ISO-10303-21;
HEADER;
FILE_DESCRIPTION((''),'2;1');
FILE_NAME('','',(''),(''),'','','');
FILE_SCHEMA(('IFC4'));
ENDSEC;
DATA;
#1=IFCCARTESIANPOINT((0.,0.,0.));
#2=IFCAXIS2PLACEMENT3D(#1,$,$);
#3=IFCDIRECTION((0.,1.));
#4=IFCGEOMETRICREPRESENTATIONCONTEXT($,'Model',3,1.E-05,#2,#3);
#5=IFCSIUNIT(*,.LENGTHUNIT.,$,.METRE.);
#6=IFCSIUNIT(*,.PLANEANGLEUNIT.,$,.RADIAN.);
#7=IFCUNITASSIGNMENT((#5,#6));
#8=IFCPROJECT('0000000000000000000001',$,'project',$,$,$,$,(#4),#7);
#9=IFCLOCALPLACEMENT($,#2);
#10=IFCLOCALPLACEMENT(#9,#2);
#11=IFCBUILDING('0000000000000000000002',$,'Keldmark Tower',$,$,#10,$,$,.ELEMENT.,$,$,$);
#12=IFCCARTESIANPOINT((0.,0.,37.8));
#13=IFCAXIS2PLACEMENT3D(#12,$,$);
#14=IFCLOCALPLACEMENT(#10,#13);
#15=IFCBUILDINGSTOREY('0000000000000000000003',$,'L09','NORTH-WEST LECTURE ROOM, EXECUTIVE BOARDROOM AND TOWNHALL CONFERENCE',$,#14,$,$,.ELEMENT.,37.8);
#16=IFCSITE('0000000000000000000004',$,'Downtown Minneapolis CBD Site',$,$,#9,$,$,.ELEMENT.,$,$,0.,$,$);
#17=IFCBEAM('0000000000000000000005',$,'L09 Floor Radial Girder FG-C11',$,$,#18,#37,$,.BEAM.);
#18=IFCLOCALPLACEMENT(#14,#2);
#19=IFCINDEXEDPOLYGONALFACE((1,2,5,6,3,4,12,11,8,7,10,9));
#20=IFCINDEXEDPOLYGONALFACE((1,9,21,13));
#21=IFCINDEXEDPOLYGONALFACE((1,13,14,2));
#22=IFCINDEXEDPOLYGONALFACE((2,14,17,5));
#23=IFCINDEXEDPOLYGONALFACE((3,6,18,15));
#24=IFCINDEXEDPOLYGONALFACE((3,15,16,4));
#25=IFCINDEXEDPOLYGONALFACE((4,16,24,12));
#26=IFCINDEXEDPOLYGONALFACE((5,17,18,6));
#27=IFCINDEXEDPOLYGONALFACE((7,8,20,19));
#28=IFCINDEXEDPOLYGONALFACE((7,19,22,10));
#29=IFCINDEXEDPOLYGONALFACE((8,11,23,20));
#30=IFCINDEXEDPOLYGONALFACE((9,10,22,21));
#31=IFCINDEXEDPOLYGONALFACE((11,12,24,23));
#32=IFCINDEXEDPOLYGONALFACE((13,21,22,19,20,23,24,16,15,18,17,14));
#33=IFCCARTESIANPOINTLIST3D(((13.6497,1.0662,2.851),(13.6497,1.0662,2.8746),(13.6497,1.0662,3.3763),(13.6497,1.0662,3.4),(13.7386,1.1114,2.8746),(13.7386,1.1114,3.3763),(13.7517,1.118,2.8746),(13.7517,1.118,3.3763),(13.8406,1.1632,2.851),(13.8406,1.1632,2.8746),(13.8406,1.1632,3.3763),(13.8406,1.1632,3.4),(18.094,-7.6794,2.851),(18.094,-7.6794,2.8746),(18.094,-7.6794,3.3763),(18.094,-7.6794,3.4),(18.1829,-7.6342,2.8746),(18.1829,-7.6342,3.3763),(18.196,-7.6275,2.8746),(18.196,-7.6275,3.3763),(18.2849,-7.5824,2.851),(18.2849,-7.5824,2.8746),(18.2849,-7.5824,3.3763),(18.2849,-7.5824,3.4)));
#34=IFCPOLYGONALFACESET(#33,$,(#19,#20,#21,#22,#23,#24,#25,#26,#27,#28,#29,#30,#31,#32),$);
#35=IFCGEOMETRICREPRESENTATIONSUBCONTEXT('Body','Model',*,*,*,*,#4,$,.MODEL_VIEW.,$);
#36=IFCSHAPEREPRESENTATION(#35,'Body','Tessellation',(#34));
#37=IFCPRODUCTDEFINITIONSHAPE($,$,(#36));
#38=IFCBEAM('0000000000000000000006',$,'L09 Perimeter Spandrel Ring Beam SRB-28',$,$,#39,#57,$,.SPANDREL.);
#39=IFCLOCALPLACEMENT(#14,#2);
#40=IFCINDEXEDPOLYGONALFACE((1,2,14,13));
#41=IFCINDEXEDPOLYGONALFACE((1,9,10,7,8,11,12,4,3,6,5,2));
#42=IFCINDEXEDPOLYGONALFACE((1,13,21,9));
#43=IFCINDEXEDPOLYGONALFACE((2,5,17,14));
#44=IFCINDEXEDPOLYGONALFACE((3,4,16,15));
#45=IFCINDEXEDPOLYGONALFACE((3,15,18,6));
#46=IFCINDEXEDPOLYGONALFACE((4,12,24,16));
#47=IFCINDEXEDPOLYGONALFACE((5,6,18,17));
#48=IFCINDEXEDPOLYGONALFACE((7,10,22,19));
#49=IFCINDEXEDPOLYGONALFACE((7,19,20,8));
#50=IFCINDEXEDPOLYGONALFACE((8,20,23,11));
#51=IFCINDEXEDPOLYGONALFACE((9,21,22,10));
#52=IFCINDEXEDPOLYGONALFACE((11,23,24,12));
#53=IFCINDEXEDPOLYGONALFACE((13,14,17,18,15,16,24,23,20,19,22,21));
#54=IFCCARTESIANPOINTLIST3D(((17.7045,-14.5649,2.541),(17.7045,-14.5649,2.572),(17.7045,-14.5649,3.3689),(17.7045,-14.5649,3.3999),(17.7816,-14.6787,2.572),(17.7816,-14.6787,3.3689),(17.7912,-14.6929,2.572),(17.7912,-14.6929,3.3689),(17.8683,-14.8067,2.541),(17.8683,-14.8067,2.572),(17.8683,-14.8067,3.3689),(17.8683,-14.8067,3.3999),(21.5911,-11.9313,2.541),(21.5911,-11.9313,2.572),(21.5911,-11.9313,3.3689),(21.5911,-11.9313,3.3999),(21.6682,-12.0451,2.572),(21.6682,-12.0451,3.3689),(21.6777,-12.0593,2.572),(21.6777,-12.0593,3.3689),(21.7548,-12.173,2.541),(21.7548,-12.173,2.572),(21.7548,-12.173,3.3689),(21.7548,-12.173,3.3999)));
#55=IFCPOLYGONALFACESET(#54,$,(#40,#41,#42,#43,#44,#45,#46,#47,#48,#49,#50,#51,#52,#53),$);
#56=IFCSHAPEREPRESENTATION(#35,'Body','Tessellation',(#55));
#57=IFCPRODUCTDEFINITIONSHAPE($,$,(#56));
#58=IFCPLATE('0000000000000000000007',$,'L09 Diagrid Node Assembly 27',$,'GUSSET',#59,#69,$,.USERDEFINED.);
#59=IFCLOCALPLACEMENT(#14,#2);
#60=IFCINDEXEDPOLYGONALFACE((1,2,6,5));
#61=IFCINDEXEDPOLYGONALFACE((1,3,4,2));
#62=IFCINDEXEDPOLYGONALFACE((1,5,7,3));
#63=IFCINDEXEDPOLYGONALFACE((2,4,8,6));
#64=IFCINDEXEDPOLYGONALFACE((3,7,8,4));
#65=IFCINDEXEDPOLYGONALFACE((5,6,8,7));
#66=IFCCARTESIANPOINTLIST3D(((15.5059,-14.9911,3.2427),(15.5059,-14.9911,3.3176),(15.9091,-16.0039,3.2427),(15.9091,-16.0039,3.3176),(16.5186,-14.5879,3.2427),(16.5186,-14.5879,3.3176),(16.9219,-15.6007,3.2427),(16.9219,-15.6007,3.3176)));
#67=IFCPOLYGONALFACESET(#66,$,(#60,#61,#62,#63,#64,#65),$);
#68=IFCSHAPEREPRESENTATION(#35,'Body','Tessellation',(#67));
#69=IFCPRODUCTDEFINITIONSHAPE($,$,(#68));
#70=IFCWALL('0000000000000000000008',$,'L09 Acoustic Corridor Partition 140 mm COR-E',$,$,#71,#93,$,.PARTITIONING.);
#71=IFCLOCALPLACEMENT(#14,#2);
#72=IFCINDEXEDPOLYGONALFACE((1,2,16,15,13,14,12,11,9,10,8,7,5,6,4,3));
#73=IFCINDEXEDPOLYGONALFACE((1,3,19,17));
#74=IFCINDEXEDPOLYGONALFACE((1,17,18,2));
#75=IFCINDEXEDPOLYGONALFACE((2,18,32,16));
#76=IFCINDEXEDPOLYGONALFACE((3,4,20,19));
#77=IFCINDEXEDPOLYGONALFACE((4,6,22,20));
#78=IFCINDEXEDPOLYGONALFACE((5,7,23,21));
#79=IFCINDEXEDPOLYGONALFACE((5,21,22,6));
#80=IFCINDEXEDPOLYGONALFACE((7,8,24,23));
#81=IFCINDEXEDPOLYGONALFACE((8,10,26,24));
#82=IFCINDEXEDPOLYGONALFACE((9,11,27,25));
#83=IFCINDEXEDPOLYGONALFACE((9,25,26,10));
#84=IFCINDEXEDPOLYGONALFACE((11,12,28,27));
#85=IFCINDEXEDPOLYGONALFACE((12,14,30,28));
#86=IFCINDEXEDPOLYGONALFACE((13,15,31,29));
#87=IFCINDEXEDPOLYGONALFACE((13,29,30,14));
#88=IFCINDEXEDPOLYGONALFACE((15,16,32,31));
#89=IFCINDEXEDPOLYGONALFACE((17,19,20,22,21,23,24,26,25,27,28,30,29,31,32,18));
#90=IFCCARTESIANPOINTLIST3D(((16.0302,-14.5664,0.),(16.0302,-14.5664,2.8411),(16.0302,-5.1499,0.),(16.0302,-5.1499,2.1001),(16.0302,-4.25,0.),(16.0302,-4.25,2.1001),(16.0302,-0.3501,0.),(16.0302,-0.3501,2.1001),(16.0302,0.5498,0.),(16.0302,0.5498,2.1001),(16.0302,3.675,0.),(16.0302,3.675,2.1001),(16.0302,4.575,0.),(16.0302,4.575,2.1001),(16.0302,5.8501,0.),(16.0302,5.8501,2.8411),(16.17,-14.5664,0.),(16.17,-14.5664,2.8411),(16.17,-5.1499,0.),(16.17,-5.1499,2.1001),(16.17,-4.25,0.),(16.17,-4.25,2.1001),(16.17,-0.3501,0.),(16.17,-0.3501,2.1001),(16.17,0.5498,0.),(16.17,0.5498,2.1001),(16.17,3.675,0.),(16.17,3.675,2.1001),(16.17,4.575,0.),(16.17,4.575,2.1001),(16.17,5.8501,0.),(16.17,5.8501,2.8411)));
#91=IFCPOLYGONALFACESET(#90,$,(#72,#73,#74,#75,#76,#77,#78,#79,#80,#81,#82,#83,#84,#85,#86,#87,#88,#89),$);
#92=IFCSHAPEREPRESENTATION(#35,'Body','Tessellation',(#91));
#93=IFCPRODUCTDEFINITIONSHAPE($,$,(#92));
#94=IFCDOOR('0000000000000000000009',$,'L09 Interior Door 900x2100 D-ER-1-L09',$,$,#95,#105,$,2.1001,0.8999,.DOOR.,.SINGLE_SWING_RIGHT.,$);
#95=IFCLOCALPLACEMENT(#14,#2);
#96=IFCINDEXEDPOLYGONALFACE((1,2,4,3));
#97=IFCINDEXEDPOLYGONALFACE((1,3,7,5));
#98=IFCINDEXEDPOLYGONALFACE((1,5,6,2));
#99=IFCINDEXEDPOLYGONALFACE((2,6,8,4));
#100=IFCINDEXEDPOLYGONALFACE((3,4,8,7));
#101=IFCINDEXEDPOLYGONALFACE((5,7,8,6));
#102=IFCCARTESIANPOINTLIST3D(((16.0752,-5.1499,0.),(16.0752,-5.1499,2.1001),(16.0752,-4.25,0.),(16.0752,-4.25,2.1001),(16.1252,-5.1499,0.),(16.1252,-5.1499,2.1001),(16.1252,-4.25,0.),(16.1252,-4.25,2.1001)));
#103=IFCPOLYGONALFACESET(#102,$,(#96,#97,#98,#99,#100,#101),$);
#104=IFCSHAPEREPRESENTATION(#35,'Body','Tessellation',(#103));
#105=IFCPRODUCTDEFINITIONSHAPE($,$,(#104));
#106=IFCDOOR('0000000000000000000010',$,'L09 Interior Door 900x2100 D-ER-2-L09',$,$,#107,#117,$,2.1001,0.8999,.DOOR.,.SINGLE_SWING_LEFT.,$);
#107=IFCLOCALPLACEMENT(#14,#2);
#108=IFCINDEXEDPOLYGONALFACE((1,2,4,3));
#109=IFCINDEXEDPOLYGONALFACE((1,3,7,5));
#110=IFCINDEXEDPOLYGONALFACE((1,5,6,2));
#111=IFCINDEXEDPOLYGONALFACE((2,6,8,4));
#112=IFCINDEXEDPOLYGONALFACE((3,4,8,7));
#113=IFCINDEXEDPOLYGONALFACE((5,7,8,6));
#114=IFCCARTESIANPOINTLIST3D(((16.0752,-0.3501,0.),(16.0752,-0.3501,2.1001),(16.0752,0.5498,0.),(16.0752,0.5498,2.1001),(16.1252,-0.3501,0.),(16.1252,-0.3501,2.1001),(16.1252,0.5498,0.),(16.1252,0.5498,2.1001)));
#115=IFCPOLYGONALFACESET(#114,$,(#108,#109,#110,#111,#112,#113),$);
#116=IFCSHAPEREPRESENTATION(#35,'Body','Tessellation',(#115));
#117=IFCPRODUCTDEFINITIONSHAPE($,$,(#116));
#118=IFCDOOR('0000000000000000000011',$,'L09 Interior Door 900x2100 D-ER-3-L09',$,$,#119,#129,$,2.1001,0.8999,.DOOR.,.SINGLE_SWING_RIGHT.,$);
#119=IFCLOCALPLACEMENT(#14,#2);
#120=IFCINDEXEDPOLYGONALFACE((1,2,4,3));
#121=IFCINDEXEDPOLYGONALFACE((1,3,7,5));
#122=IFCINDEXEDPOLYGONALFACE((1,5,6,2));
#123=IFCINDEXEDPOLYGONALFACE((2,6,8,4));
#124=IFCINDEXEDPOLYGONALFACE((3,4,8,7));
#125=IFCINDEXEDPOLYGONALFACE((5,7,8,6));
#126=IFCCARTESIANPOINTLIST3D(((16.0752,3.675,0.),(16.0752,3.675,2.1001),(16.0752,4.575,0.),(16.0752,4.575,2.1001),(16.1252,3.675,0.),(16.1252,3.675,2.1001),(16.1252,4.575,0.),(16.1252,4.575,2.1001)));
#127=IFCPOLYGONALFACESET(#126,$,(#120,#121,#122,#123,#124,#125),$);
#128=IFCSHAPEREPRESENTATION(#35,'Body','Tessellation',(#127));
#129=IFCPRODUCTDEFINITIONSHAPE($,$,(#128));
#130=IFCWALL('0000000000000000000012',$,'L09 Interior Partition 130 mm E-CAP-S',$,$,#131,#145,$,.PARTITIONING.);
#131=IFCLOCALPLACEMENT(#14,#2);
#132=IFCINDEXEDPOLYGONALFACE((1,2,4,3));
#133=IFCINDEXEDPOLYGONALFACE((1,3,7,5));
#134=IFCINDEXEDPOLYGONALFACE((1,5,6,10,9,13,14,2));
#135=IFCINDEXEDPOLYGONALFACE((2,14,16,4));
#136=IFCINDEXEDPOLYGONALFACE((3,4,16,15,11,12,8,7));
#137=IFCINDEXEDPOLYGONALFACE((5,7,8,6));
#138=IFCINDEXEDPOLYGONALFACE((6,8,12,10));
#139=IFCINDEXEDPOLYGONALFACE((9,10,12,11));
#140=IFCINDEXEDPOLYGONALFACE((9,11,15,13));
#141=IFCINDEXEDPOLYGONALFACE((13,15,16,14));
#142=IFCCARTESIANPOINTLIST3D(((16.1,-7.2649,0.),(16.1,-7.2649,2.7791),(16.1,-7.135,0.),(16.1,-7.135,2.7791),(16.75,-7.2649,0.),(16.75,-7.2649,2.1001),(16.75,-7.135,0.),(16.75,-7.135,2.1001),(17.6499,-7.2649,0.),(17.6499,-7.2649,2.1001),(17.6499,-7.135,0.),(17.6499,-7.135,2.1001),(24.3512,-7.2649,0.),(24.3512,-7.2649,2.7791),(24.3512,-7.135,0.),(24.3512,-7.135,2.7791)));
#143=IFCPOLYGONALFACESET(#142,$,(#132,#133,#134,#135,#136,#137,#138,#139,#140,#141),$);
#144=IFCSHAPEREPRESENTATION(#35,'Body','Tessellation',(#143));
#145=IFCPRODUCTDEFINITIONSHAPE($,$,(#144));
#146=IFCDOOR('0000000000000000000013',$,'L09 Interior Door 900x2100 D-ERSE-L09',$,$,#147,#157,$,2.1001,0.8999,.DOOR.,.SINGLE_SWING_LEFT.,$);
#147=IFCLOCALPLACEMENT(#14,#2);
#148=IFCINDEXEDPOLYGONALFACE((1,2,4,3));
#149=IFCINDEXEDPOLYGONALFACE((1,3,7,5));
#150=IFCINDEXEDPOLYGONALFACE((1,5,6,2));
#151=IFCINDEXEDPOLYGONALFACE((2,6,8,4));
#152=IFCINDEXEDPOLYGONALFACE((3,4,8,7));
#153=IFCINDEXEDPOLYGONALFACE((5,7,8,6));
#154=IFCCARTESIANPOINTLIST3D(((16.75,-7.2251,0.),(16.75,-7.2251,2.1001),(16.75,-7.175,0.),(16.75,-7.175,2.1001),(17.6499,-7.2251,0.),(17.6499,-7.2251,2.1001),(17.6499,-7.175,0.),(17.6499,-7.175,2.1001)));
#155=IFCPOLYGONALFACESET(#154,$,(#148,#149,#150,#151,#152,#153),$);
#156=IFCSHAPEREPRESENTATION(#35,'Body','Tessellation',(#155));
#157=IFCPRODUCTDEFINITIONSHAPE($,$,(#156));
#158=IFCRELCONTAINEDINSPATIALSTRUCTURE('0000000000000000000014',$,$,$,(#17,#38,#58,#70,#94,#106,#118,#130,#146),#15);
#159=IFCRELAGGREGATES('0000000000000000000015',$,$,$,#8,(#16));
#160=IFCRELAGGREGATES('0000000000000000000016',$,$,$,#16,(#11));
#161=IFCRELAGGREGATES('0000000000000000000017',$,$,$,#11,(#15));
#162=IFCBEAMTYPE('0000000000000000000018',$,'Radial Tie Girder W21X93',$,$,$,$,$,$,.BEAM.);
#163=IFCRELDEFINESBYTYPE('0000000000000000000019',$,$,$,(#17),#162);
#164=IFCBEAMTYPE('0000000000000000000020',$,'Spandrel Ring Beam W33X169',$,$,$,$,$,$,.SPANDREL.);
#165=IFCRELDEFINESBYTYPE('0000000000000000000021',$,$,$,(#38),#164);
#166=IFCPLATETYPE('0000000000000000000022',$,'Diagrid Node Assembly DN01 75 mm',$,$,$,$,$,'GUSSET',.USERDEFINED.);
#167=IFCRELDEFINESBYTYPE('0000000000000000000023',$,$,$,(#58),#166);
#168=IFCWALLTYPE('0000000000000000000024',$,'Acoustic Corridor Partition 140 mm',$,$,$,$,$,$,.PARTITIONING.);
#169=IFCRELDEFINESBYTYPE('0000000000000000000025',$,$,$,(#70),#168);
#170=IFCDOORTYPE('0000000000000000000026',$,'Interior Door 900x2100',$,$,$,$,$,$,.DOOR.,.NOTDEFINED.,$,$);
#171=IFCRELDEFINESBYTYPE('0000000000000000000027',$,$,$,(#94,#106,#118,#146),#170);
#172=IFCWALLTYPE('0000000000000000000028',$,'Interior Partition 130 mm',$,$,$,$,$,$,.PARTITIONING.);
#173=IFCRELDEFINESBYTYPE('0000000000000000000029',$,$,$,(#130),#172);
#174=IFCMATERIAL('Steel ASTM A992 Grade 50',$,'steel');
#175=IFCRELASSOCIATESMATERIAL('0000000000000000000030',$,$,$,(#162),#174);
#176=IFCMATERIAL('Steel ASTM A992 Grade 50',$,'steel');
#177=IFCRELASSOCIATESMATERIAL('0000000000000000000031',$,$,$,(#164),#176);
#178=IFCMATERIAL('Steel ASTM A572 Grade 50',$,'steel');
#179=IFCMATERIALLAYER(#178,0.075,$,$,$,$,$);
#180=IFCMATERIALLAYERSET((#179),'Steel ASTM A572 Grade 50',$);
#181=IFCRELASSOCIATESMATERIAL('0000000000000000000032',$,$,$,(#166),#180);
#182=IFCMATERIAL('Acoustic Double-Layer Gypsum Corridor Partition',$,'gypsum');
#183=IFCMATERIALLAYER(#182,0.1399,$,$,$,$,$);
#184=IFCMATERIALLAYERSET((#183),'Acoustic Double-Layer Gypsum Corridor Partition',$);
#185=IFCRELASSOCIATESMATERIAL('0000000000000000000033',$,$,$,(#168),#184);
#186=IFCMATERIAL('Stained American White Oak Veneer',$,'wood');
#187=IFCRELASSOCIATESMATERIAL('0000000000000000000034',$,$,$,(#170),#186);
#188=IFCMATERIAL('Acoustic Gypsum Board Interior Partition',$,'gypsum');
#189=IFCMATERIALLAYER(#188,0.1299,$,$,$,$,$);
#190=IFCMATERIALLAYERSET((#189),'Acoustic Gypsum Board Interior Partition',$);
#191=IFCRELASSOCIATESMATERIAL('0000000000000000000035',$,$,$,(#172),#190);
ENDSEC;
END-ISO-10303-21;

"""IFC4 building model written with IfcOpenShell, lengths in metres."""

from ifc_helpers import new_model, si_unit, direction, frame, frame_2d, origin, origin_2d, place, context, subcontext, project, spatial, rectangle, i_section, extrude, material, layer, layer_set, material_profile, profile_set, type_object, element, fill, save


model = new_model("IFC4")

# Units and contexts
model_context = context("Model", 3, precision=1e-05, world=origin(), true_north=direction((0.0, 1.0)))
body_context = subcontext(model_context, "Body", "Model", "MODEL_VIEW")
ifc_project = project(units=[si_unit("LENGTHUNIT", "METRE"), si_unit("PLANEANGLEUNIT", "RADIAN")], contexts=[model_context])

# Site, building, storey
site_placement = place(None, origin())
site = spatial("IfcSite", under=ifc_project, at=site_placement, Name="Downtown Minneapolis CBD Site", CompositionType="ELEMENT", RefElevation=0.0)
building_placement = place(site_placement, origin())
building = spatial("IfcBuilding", under=site, at=building_placement, Name="Keldmark Tower", CompositionType="ELEMENT")
storey_placement = place(building_placement, frame((0.0, 0.0, 37.8)))
storey = spatial("IfcBuildingStorey", under=building, at=storey_placement, Name="L09", Description="NORTH-WEST LECTURE ROOM, EXECUTIVE BOARDROOM AND TOWNHALL CONFERENCE", CompositionType="ELEMENT", Elevation=37.8)

# Beams
ifc_material_1 = material(Name="Steel ASTM A992 Grade 50", Category="steel")
ifc_material_profile_1 = material_profile(ifc_material_1, i_section(OverallWidth=0.2141, OverallDepth=0.5491, WebThickness=0.0146, FlangeThickness=0.0237, at=origin_2d()), Name="W21X93")
ifc_profile_set_1 = profile_set([ifc_material_profile_1], Name="Steel ASTM A992 Grade 50")
beam_type_1 = type_object("IfcBeamType", Name="Radial Tie Girder W21X93", PredefinedType="BEAM", material=ifc_profile_set_1)
beam_1_placement = place(storey_placement, frame((18.1895, -7.6309, 3.1255), z_axis=(-0.453038, 0.891491, 0.0), x_axis=(-0.891491, -0.453038, 0.0)))
element("IfcBeam", 1, at=beam_1_placement, inside=storey, type_object=beam_type_1, Name="L09 Floor Radial Girder FG-C11", PredefinedType="BEAM", context=body_context, shape_type="SweptSolid", body=[
    extrude(i_section(OverallWidth=0.2141, OverallDepth=0.5491, WebThickness=0.0146, FlangeThickness=0.0237, at=origin_2d()), origin(), (0.0, 0.0, 1.0), 9.8101),
])
ifc_material_2 = material(Name="Steel ASTM A992 Grade 50", Category="steel")
ifc_material_profile_2 = material_profile(ifc_material_2, i_section(OverallWidth=0.292, OverallDepth=0.8589, WebThickness=0.0171, FlangeThickness=0.031, at=origin_2d()), Name="W33X169")
ifc_profile_set_2 = profile_set([ifc_material_profile_2], Name="Steel ASTM A992 Grade 50")
beam_type_2 = type_object("IfcBeamType", Name="Spandrel Ring Beam W33X169", PredefinedType="SPANDREL", material=ifc_profile_set_2)
beam_2_placement = place(storey_placement, frame((17.7864, -14.6858, 2.9705), z_axis=(0.827842, 0.560961, 0.0), x_axis=(-0.560961, 0.827842, 0.0)))
element("IfcBeam", 2, at=beam_2_placement, inside=storey, type_object=beam_type_2, Name="L09 Perimeter Spandrel Ring Beam SRB-28", PredefinedType="SPANDREL", context=body_context, shape_type="SweptSolid", body=[
    extrude(i_section(OverallWidth=0.292, OverallDepth=0.8589, WebThickness=0.0171, FlangeThickness=0.031, at=origin_2d()), origin(), (0.0, 0.0, 1.0), 4.6948),
])

# Plate
ifc_material_3 = material(Name="Steel ASTM A572 Grade 50", Category="steel")
ifc_layer_1 = layer(ifc_material_3, 0.075)
ifc_layer_set_1 = layer_set([ifc_layer_1], Name="Steel ASTM A572 Grade 50")
plate_type = type_object("IfcPlateType", Name="Diagrid Node Assembly DN01 75 mm", ElementType="GUSSET", PredefinedType="USERDEFINED", material=ifc_layer_set_1)
plate_placement = place(storey_placement, frame((16.2139, -15.2959, 3.2427), z_axis=(0.0, 0.0, 1.0), x_axis=(0.929068, 0.369909, 0.0)))
element("IfcPlate", 3, at=plate_placement, inside=storey, type_object=plate_type, Name="L09 Diagrid Node Assembly 27", ObjectType="GUSSET", PredefinedType="USERDEFINED", context=body_context, shape_type="SweptSolid", body=[
    extrude(rectangle(XDim=1.0901, YDim=1.0901, at=origin_2d()), origin(), (0.0, 0.0, 1.0), 0.075),
])

# Wall, openings, doors
ifc_material_4 = material(Name="Acoustic Double-Layer Gypsum Corridor Partition", Category="gypsum")
ifc_layer_2 = layer(ifc_material_4, 0.1399)
ifc_layer_set_2 = layer_set([ifc_layer_2], Name="Acoustic Double-Layer Gypsum Corridor Partition")
wall_type_1 = type_object("IfcWallType", Name="Acoustic Corridor Partition 140 mm", PredefinedType="PARTITIONING", material=ifc_layer_set_2)
wall_1_placement = place(storey_placement, frame((16.1001, -14.5664, 0.0), z_axis=(0.0, 0.0, 1.0), x_axis=(0.0, 1.0, 0.0)))
wall_1 = element("IfcWall", 4, at=wall_1_placement, inside=storey, type_object=wall_type_1, Name="L09 Acoustic Corridor Partition 140 mm COR-E", PredefinedType="PARTITIONING", context=body_context, shape_type="SweptSolid", body=[
    extrude(rectangle(XDim=20.4165, YDim=0.1399, at=frame_2d((10.2083, 0.0))), origin(), (0.0, 0.0, 1.0), 2.8411),
])
opening_1_placement = place(wall_1_placement, frame((9.4165, 0.0, 0.0)))
opening_1 = element("IfcOpeningElement", 5, at=opening_1_placement, cuts=wall_1, PredefinedType="OPENING", context=body_context, shape_type="SweptSolid", body=[
    extrude(rectangle(XDim=0.8999, YDim=2.1001, at=frame_2d((0.45, 1.05))), frame((0.0, 0.0798, 0.0), z_axis=(0.0, -1.0, 0.0), x_axis=(1.0, 0.0, 0.0)), (0.0, 0.0, 1.0), 0.1599),
])
opening_2_placement = place(wall_1_placement, frame((14.2163, 0.0, 0.0)))
opening_2 = element("IfcOpeningElement", 6, at=opening_2_placement, cuts=wall_1, PredefinedType="OPENING", context=body_context, shape_type="SweptSolid", body=[
    extrude(rectangle(XDim=0.8999, YDim=2.1001, at=frame_2d((0.45, 1.05))), frame((0.0, 0.0798, 0.0), z_axis=(0.0, -1.0, 0.0), x_axis=(1.0, 0.0, 0.0)), (0.0, 0.0, 1.0), 0.1599),
])
opening_3_placement = place(wall_1_placement, frame((18.2415, 0.0, 0.0)))
opening_3 = element("IfcOpeningElement", 7, at=opening_3_placement, cuts=wall_1, PredefinedType="OPENING", context=body_context, shape_type="SweptSolid", body=[
    extrude(rectangle(XDim=0.8999, YDim=2.1001, at=frame_2d((0.45, 1.05))), frame((0.0, 0.0798, 0.0), z_axis=(0.0, -1.0, 0.0), x_axis=(1.0, 0.0, 0.0)), (0.0, 0.0, 1.0), 0.1599),
])
ifc_material_5 = material(Name="Stained American White Oak Veneer", Category="wood")
door_type = type_object("IfcDoorType", Name="Interior Door 900x2100", OperationType="NOTDEFINED", PredefinedType="DOOR", material=ifc_material_5)
door_1_placement = place(opening_1_placement, origin())
door_1 = element("IfcDoor", 8, at=door_1_placement, inside=storey, type_object=door_type, Name="L09 Interior Door 900x2100 D-ER-1-L09", OperationType="SINGLE_SWING_RIGHT", OverallHeight=2.1001, OverallWidth=0.8999, PredefinedType="DOOR", context=body_context, shape_type="SweptSolid", body=[
    extrude(rectangle(XDim=0.8999, YDim=2.1001, at=frame_2d((0.45, 1.05))), frame((0.0, 0.0249, 0.0), z_axis=(0.0, -1.0, 0.0), x_axis=(1.0, 0.0, 0.0)), (0.0, 0.0, 1.0), 0.05),
])
fill(opening_1, door_1)
door_2_placement = place(opening_2_placement, origin())
door_2 = element("IfcDoor", 9, at=door_2_placement, inside=storey, type_object=door_type, Name="L09 Interior Door 900x2100 D-ER-2-L09", OperationType="SINGLE_SWING_LEFT", OverallHeight=2.1001, OverallWidth=0.8999, PredefinedType="DOOR", context=body_context, shape_type="SweptSolid", body=[
    extrude(rectangle(XDim=0.8999, YDim=2.1001, at=frame_2d((0.45, 1.05))), frame((0.0, 0.0249, 0.0), z_axis=(0.0, -1.0, 0.0), x_axis=(1.0, 0.0, 0.0)), (0.0, 0.0, 1.0), 0.05),
])
fill(opening_2, door_2)
door_3_placement = place(opening_3_placement, origin())
door_3 = element("IfcDoor", 10, at=door_3_placement, inside=storey, type_object=door_type, Name="L09 Interior Door 900x2100 D-ER-3-L09", OperationType="SINGLE_SWING_RIGHT", OverallHeight=2.1001, OverallWidth=0.8999, PredefinedType="DOOR", context=body_context, shape_type="SweptSolid", body=[
    extrude(rectangle(XDim=0.8999, YDim=2.1001, at=frame_2d((0.45, 1.05))), frame((0.0, 0.0249, 0.0), z_axis=(0.0, -1.0, 0.0), x_axis=(1.0, 0.0, 0.0)), (0.0, 0.0, 1.0), 0.05),
])
fill(opening_3, door_3)

# Wall, opening, door
ifc_material_6 = material(Name="Acoustic Gypsum Board Interior Partition", Category="gypsum")
ifc_layer_3 = layer(ifc_material_6, 0.1299)
ifc_layer_set_3 = layer_set([ifc_layer_3], Name="Acoustic Gypsum Board Interior Partition")
wall_type_2 = type_object("IfcWallType", Name="Interior Partition 130 mm", PredefinedType="PARTITIONING", material=ifc_layer_set_3)
wall_2_placement = place(storey_placement, frame((16.1001, -7.2, 0.0), z_axis=(0.0, 0.0, 1.0), x_axis=(1.0, 0.0, 0.0)))
wall_2 = element("IfcWall", 11, at=wall_2_placement, inside=storey, type_object=wall_type_2, Name="L09 Interior Partition 130 mm E-CAP-S", PredefinedType="PARTITIONING", context=body_context, shape_type="SweptSolid", body=[
    extrude(rectangle(XDim=8.2512, YDim=0.1299, at=frame_2d((4.1255, 0.0))), origin(), (0.0, 0.0, 1.0), 2.7791),
])
opening_4_placement = place(wall_2_placement, frame((0.6499, 0.0, 0.0)))
opening_4 = element("IfcOpeningElement", 12, at=opening_4_placement, cuts=wall_2, PredefinedType="OPENING", context=body_context, shape_type="SweptSolid", body=[
    extrude(rectangle(XDim=0.8999, YDim=2.1001, at=frame_2d((0.45, 1.05))), frame((0.0, 0.075, 0.0), z_axis=(0.0, -1.0, 0.0), x_axis=(1.0, 0.0, 0.0)), (0.0, 0.0, 1.0), 0.1499),
])
door_4_placement = place(opening_4_placement, origin())
door_4 = element("IfcDoor", 13, at=door_4_placement, inside=storey, type_object=door_type, Name="L09 Interior Door 900x2100 D-ERSE-L09", OperationType="SINGLE_SWING_LEFT", OverallHeight=2.1001, OverallWidth=0.8999, PredefinedType="DOOR", context=body_context, shape_type="SweptSolid", body=[
    extrude(rectangle(XDim=0.8999, YDim=2.1001, at=frame_2d((0.45, 1.05))), frame((0.0, 0.0249, 0.0), z_axis=(0.0, -1.0, 0.0), x_axis=(1.0, 0.0, 0.0)), (0.0, 0.0, 1.0), 0.05),
])
fill(opening_4, door_4)

save(model, "model.ifc")
